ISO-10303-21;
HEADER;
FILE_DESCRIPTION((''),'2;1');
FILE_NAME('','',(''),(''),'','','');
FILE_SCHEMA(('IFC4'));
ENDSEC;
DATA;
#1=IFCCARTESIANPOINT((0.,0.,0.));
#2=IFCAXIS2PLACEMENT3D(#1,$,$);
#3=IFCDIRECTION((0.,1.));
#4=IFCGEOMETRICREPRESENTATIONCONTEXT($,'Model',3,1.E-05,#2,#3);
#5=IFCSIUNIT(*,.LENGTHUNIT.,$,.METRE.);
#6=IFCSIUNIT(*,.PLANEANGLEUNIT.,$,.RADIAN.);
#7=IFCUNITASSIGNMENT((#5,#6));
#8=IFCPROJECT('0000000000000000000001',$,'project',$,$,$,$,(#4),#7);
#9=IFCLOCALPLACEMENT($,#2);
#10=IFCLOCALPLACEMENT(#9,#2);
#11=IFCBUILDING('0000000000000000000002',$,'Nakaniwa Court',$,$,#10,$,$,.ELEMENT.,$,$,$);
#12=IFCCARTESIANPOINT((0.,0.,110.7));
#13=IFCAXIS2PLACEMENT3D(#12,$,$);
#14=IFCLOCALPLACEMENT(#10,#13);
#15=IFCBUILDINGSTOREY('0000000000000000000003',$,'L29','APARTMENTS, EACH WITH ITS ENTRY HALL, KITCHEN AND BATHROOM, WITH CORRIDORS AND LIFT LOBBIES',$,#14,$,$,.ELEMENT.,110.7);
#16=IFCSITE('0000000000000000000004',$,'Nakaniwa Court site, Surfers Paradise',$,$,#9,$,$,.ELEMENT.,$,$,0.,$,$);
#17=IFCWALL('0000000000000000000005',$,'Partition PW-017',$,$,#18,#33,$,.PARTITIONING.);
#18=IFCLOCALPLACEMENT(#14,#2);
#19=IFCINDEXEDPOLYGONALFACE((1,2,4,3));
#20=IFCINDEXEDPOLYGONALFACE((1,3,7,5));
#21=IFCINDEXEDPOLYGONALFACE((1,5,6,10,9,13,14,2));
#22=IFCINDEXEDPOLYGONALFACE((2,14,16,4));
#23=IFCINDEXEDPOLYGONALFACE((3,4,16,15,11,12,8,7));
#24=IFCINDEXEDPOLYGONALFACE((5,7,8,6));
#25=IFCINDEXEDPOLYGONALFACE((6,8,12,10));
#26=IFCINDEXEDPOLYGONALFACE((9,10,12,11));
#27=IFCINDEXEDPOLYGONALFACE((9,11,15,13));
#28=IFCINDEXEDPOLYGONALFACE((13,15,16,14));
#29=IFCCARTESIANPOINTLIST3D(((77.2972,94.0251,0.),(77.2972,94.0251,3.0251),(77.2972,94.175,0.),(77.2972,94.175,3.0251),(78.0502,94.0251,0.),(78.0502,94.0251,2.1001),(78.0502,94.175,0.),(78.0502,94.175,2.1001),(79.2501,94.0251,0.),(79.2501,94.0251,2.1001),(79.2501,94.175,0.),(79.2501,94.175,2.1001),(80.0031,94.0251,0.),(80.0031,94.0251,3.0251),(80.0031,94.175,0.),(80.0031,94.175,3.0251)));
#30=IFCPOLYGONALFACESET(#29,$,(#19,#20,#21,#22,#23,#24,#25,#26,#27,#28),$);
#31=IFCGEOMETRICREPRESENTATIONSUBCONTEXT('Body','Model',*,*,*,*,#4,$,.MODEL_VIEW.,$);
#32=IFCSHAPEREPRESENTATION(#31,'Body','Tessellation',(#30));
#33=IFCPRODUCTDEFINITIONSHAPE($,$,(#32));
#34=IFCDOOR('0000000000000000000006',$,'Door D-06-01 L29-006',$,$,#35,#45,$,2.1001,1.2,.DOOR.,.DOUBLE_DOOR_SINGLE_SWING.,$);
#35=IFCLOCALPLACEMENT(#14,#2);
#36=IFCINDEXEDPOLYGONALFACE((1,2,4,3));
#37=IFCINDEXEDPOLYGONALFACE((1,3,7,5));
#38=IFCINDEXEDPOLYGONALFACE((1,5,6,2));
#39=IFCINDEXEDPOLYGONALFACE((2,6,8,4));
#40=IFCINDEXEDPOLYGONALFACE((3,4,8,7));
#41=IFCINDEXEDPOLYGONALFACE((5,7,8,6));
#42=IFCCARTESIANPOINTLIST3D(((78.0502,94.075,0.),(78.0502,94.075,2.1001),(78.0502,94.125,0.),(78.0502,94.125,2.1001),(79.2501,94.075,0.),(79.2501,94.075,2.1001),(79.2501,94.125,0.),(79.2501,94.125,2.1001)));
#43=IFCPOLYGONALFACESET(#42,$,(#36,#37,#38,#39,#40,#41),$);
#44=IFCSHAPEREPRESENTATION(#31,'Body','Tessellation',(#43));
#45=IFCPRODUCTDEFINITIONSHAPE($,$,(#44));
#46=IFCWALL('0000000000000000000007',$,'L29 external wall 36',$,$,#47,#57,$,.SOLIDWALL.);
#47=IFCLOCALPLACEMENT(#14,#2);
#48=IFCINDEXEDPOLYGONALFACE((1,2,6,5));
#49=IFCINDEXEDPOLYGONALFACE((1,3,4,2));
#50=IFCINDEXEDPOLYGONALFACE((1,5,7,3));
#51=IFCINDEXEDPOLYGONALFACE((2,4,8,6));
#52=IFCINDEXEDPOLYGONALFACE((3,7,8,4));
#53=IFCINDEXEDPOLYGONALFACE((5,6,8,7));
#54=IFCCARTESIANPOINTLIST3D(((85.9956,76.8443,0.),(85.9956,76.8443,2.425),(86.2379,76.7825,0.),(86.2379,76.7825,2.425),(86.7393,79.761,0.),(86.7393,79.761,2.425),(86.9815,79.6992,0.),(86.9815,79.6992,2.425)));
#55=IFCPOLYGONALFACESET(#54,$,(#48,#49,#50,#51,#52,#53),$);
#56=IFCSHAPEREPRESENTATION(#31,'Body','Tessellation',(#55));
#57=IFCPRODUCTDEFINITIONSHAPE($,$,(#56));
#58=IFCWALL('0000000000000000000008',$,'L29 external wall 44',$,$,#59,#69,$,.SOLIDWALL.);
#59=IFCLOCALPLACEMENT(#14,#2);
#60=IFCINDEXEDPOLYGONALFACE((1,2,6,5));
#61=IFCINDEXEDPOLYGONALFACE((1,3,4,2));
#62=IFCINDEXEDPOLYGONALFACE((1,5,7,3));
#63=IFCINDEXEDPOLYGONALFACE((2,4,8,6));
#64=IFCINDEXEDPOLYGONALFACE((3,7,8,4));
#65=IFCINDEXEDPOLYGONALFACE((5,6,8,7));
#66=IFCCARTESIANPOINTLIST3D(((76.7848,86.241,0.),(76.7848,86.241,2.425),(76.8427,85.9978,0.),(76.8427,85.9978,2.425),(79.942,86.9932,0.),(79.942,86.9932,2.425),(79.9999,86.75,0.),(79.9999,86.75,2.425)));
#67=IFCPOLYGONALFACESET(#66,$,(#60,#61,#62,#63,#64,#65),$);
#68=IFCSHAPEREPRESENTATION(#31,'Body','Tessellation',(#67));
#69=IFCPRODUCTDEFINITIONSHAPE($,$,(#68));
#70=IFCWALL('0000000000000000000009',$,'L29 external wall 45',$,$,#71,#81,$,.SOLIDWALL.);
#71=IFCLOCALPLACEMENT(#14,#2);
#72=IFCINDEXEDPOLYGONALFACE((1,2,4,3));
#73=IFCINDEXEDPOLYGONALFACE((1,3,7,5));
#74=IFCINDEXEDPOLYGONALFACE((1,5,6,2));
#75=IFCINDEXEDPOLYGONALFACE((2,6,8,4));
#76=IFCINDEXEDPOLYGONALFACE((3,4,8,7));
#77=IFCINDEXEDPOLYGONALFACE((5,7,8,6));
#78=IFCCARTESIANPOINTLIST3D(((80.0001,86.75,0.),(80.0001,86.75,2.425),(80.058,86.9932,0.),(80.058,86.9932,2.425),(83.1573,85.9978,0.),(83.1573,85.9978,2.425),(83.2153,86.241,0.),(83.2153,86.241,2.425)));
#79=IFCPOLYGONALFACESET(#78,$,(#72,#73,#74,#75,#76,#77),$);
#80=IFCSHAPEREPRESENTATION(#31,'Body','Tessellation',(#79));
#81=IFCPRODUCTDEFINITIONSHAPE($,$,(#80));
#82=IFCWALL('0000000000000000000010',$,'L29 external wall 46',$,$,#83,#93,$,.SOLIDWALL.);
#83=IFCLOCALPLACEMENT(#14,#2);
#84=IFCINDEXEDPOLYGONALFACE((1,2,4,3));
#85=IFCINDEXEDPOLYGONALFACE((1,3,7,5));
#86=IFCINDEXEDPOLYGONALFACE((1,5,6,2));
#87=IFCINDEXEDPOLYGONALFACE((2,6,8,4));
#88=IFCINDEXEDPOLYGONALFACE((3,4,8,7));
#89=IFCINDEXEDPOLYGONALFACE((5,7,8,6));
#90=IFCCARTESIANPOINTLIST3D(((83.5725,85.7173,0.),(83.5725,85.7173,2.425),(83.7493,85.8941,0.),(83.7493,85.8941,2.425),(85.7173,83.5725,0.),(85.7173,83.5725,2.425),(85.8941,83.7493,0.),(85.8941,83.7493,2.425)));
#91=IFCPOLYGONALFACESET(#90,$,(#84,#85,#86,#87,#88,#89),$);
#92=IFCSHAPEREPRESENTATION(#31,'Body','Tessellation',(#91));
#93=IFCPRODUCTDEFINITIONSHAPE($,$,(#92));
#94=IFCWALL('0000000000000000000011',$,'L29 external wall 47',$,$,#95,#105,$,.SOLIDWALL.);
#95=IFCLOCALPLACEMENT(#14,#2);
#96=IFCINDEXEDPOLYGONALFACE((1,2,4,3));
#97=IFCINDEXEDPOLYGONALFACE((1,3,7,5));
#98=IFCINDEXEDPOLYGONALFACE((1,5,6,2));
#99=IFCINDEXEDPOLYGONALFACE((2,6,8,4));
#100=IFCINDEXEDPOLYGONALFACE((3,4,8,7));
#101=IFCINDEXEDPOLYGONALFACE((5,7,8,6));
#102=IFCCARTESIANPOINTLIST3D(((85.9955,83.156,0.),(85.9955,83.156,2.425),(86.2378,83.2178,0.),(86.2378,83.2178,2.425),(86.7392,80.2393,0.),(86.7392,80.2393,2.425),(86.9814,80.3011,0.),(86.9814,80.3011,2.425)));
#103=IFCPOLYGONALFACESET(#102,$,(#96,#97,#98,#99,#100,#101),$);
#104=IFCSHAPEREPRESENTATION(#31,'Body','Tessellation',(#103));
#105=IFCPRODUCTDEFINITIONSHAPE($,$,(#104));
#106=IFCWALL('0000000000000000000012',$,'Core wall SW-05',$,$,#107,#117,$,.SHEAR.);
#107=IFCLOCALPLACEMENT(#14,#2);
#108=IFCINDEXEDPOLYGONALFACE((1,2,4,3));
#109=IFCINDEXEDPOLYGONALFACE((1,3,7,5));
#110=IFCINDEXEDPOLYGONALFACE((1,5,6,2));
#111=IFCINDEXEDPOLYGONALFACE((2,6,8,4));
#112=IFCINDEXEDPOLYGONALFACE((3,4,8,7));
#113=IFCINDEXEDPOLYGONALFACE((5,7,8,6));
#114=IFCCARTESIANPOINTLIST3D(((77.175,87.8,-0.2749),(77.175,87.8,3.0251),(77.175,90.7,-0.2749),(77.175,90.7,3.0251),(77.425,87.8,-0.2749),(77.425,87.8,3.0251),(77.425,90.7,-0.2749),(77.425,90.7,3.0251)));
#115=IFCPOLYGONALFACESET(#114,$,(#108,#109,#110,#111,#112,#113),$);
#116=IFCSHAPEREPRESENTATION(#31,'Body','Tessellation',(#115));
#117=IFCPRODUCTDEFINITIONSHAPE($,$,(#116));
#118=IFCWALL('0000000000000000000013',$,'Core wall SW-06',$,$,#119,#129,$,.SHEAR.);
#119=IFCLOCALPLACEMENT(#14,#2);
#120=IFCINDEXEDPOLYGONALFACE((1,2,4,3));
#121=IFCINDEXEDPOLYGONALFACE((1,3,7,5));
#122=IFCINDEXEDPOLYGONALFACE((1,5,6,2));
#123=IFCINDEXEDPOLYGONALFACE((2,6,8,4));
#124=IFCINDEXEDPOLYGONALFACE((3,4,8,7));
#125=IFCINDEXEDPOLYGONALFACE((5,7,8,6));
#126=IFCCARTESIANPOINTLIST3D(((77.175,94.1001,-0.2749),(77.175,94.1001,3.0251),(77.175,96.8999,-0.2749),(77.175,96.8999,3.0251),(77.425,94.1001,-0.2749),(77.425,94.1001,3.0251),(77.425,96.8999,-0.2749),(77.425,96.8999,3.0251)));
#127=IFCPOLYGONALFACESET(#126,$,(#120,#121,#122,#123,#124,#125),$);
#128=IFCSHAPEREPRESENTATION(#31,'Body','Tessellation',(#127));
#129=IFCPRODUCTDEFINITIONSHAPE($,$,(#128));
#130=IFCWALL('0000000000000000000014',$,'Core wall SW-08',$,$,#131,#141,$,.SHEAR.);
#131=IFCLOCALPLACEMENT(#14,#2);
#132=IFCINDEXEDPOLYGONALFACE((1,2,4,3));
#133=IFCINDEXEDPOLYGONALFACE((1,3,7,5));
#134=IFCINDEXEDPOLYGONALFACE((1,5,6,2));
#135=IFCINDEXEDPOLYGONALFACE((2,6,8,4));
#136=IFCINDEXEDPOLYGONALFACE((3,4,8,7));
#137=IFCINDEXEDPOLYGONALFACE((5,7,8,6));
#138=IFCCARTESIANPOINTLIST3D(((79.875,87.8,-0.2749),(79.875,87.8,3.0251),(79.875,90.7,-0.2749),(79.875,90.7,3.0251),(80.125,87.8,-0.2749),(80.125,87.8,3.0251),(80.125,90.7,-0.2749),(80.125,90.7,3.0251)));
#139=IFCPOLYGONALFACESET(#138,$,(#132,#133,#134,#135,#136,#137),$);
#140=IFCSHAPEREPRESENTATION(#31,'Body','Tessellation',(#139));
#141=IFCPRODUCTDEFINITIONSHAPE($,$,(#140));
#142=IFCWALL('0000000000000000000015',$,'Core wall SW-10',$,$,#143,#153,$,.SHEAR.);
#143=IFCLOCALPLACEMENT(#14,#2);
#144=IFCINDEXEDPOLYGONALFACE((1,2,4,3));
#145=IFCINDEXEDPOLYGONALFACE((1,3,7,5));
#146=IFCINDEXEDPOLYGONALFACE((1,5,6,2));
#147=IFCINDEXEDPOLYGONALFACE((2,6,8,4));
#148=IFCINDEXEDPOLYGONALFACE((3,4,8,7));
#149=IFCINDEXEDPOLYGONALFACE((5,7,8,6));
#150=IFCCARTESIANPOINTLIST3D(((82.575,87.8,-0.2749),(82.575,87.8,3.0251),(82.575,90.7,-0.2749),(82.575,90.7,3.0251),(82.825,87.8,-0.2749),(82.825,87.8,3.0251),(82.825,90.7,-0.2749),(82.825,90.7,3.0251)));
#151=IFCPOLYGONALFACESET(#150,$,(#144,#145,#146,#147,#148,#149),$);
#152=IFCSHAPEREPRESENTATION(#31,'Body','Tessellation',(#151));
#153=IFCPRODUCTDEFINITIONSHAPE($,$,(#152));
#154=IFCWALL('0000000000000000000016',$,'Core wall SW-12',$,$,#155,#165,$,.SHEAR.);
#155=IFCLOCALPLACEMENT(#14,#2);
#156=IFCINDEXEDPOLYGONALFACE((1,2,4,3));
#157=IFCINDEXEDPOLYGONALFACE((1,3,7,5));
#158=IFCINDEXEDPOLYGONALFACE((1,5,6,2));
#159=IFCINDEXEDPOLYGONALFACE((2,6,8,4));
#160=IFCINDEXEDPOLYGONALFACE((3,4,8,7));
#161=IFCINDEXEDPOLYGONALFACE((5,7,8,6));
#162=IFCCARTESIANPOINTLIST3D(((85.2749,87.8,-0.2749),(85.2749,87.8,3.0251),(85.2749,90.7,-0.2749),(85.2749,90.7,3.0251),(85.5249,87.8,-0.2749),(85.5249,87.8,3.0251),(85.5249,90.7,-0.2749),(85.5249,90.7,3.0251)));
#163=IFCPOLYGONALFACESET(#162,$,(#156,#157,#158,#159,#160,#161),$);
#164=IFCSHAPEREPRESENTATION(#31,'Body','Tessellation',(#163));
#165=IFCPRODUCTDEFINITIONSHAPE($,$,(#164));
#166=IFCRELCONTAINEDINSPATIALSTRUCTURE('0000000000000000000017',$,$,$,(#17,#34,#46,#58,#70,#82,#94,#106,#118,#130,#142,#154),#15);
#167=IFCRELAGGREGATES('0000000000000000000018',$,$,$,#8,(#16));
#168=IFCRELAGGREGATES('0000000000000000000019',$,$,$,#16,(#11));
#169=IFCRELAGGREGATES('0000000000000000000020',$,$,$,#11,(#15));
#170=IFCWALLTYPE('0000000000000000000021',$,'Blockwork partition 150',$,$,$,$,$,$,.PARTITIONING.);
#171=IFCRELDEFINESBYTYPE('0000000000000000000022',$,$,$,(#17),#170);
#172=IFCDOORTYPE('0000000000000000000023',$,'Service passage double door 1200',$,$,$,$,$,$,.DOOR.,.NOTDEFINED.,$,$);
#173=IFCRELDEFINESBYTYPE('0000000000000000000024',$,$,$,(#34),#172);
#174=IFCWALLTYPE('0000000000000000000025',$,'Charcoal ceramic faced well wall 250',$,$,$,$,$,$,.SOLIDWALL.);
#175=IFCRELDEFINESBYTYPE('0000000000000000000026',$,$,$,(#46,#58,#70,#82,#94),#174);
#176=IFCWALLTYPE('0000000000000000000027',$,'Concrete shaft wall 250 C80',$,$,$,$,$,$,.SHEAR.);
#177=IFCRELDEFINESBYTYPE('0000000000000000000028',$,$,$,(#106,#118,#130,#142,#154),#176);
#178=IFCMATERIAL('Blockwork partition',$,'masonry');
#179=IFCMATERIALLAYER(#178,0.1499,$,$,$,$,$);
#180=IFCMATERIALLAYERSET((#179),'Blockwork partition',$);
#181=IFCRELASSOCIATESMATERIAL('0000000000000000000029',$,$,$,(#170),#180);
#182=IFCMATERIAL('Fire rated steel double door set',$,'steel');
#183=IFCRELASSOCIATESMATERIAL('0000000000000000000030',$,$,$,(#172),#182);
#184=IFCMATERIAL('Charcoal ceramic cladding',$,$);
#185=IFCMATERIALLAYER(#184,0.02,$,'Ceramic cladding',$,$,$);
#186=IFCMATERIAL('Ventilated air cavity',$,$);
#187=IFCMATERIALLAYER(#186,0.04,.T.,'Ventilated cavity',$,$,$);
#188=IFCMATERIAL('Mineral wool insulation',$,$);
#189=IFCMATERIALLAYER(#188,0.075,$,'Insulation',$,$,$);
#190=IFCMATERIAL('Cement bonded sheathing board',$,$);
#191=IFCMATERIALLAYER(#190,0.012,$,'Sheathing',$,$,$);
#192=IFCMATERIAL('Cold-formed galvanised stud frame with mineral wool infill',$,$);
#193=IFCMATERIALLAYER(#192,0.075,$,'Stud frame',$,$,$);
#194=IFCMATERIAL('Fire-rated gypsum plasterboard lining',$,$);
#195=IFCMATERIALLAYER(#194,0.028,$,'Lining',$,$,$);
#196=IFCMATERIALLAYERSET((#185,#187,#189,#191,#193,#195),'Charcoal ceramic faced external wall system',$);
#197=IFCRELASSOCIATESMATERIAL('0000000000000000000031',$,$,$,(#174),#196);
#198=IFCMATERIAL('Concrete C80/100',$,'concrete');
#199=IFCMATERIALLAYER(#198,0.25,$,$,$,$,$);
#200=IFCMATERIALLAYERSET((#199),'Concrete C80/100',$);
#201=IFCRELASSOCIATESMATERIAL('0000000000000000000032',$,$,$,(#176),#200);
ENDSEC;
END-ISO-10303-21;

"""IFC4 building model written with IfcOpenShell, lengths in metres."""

from ifc_helpers import new_model, si_unit, direction, frame, frame_2d, origin, place, context, subcontext, project, spatial, rectangle, extrude, material, layer, layer_set, type_object, element, fill, save


model = new_model("IFC4")

# Units and contexts
model_context = context("Model", 3, precision=1e-05, world=origin(), true_north=direction((0.0, 1.0)))
body_context = subcontext(model_context, "Body", "Model", "MODEL_VIEW")
ifc_project = project(units=[si_unit("LENGTHUNIT", "METRE"), si_unit("PLANEANGLEUNIT", "RADIAN")], contexts=[model_context])

# Site, building, storey
site_placement = place(None, origin())
site = spatial("IfcSite", under=ifc_project, at=site_placement, Name="Nakaniwa Court site, Surfers Paradise", CompositionType="ELEMENT", RefElevation=0.0)
building_placement = place(site_placement, origin())
building = spatial("IfcBuilding", under=site, at=building_placement, Name="Nakaniwa Court", CompositionType="ELEMENT")
storey_placement = place(building_placement, frame((0.0, 0.0, 110.7)))
storey = spatial("IfcBuildingStorey", under=building, at=storey_placement, Name="L29", Description="APARTMENTS, EACH WITH ITS ENTRY HALL, KITCHEN AND BATHROOM, WITH CORRIDORS AND LIFT LOBBIES", CompositionType="ELEMENT", Elevation=110.7)

# Shared definitions
ifc_material_1 = material(Name="Concrete C80/100", Category="concrete")

# Wall, opening, door
ifc_material_2 = material(Name="Blockwork partition", Category="masonry")
ifc_layer_1 = layer(ifc_material_2, 0.1499)
ifc_layer_set_1 = layer_set([ifc_layer_1], Name="Blockwork partition")
wall_type_1 = type_object("IfcWallType", Name="Blockwork partition 150", PredefinedType="PARTITIONING", material=ifc_layer_set_1)
wall_1_placement = place(storey_placement, frame((77.2971, 94.1001, 0.0), z_axis=(0.0, 0.0, 1.0), x_axis=(1.0, 0.0, 0.0)))
wall_1 = element("IfcWall", 1, at=wall_1_placement, inside=storey, type_object=wall_type_1, Name="Partition PW-017", PredefinedType="PARTITIONING", context=body_context, shape_type="SweptSolid", body=[
    extrude(rectangle(XDim=2.7058, YDim=0.1499, at=frame_2d((1.353, 0.0))), origin(), (0.0, 0.0, 1.0), 3.0251),
])
opening_1_placement = place(wall_1_placement, frame((0.7529, 0.0, 0.0)))
opening_1 = element("IfcOpeningElement", 2, at=opening_1_placement, cuts=wall_1, PredefinedType="OPENING", context=body_context, shape_type="SweptSolid", body=[
    extrude(rectangle(XDim=1.2, YDim=2.1001, at=frame_2d((0.6001, 1.05))), frame((0.0, 0.085, 0.0), z_axis=(0.0, -1.0, 0.0), x_axis=(1.0, 0.0, 0.0)), (0.0, 0.0, 1.0), 0.1699),
])
ifc_material_3 = material(Name="Fire rated steel double door set", Category="steel")
door_type_1 = type_object("IfcDoorType", Name="Service passage double door 1200", OperationType="NOTDEFINED", PredefinedType="DOOR", material=ifc_material_3)
door_1_placement = place(opening_1_placement, origin())
door_1 = element("IfcDoor", 3, at=door_1_placement, inside=storey, type_object=door_type_1, Name="Door D-06-01 L29-006", OperationType="DOUBLE_DOOR_SINGLE_SWING", OverallHeight=2.1001, OverallWidth=1.2, PredefinedType="DOOR", context=body_context, shape_type="SweptSolid", body=[
    extrude(rectangle(XDim=1.2, YDim=2.1001, at=frame_2d((0.6001, 1.05))), frame((0.0, 0.0249, 0.0), z_axis=(0.0, -1.0, 0.0), x_axis=(1.0, 0.0, 0.0)), (0.0, 0.0, 1.0), 0.05),
])
fill(opening_1, door_1)

# Walls
ifc_material_4 = material(Name="Charcoal ceramic cladding")
ifc_layer_2 = layer(ifc_material_4, 0.02, Name="Ceramic cladding")
ifc_material_5 = material(Name="Ventilated air cavity")
ifc_layer_3 = layer(ifc_material_5, 0.04, ventilated=True, Name="Ventilated cavity")
ifc_material_6 = material(Name="Mineral wool insulation")
ifc_layer_4 = layer(ifc_material_6, 0.075, Name="Insulation")
ifc_material_7 = material(Name="Cement bonded sheathing board")
ifc_layer_5 = layer(ifc_material_7, 0.012, Name="Sheathing")
ifc_material_8 = material(Name="Cold-formed galvanised stud frame with mineral wool infill")
ifc_layer_6 = layer(ifc_material_8, 0.075, Name="Stud frame")
ifc_material_9 = material(Name="Fire-rated gypsum plasterboard lining")
ifc_layer_7 = layer(ifc_material_9, 0.028, Name="Lining")
ifc_layer_set_2 = layer_set([ifc_layer_2, ifc_layer_3, ifc_layer_4, ifc_layer_5, ifc_layer_6, ifc_layer_7], Name="Charcoal ceramic faced external wall system")
wall_type_2 = type_object("IfcWallType", Name="Charcoal ceramic faced well wall 250", PredefinedType="SOLIDWALL", material=ifc_layer_set_2)
wall_2_placement = place(storey_placement, frame((86.8604, 79.73, 0.0), z_axis=(0.0, 0.0, 1.0), x_axis=(-0.247056, -0.969001, 0.0)))
element("IfcWall", 4, at=wall_2_placement, inside=storey, type_object=wall_type_2, Name="L29 external wall 36", PredefinedType="SOLIDWALL", context=body_context, shape_type="SweptSolid", body=[
    extrude(rectangle(XDim=3.01, YDim=0.25, at=frame_2d((1.5049, 0.0))), origin(), (0.0, 0.0, 1.0), 2.425),
])
for number, where, z_axis, x_axis, name in (
    (5, (76.8137, 86.1194, 0.0), (0.0, 0.0, 1.0), (0.972773, 0.23176, 0.0), "L29 external wall 44"),
    (6, (80.0291, 86.8716, 0.0), (0.0, 0.0, 1.0), (0.972773, -0.23176, 0.0), "L29 external wall 45"),
):
    element("IfcWall", number, at=place(storey_placement, frame(where, z_axis=z_axis, x_axis=x_axis)), inside=storey, type_object=wall_type_2, Name=name, PredefinedType="SOLIDWALL", context=body_context, shape_type="SweptSolid", body=[
        extrude(rectangle(XDim=3.2456, YDim=0.25, at=frame_2d((1.6228, 0.0))), origin(), (0.0, 0.0, 1.0), 2.425),
    ])
wall_3_placement = place(storey_placement, frame((83.6609, 85.8057, 0.0), z_axis=(0.0, 0.0, 1.0), x_axis=(0.707107, -0.707107, 0.0)))
element("IfcWall", 7, at=wall_3_placement, inside=storey, type_object=wall_type_2, Name="L29 external wall 46", PredefinedType="SOLIDWALL", context=body_context, shape_type="SweptSolid", body=[
    extrude(rectangle(XDim=3.0332, YDim=0.25, at=frame_2d((1.5166, 0.0))), origin(), (0.0, 0.0, 1.0), 2.425),
])
wall_4_placement = place(storey_placement, frame((86.1167, 83.1868, 0.0), z_axis=(0.0, 0.0, 1.0), x_axis=(0.247056, -0.969001, 0.0)))
element("IfcWall", 8, at=wall_4_placement, inside=storey, type_object=wall_type_2, Name="L29 external wall 47", PredefinedType="SOLIDWALL", context=body_context, shape_type="SweptSolid", body=[
    extrude(rectangle(XDim=3.01, YDim=0.25, at=frame_2d((1.5049, 0.0))), origin(), (0.0, 0.0, 1.0), 2.425),
])
ifc_layer_8 = layer(ifc_material_1, 0.25)
ifc_layer_set_3 = layer_set([ifc_layer_8], Name="Concrete C80/100")
wall_type_3 = type_object("IfcWallType", Name="Concrete shaft wall 250 C80", PredefinedType="SHEAR", material=ifc_layer_set_3)
wall_5_placement = place(storey_placement, frame((77.3, 87.8, -0.2749), z_axis=(0.0, 0.0, 1.0), x_axis=(0.0, 1.0, 0.0)))
element("IfcWall", 9, at=wall_5_placement, inside=storey, type_object=wall_type_3, Name="Core wall SW-05", PredefinedType="SHEAR", context=body_context, shape_type="SweptSolid", body=[
    extrude(rectangle(XDim=2.8999, YDim=0.25, at=frame_2d((1.45, 0.0))), origin(), (0.0, 0.0, 1.0), 3.3),
])
wall_6_placement = place(storey_placement, frame((77.3, 94.1001, -0.2749), z_axis=(0.0, 0.0, 1.0), x_axis=(0.0, 1.0, 0.0)))
element("IfcWall", 10, at=wall_6_placement, inside=storey, type_object=wall_type_3, Name="Core wall SW-06", PredefinedType="SHEAR", context=body_context, shape_type="SweptSolid", body=[
    extrude(rectangle(XDim=2.7998, YDim=0.25, at=frame_2d((1.3999, 0.0))), origin(), (0.0, 0.0, 1.0), 3.3),
])
for number, where, z_axis, x_axis, name in (
    (11, (80.0, 87.8, -0.2749), (0.0, 0.0, 1.0), (0.0, 1.0, 0.0), "Core wall SW-08"),
    (12, (82.7, 87.8, -0.2749), (0.0, 0.0, 1.0), (0.0, 1.0, 0.0), "Core wall SW-10"),
    (13, (85.3999, 87.8, -0.2749), (0.0, 0.0, 1.0), (0.0, 1.0, 0.0), "Core wall SW-12"),
):
    element("IfcWall", number, at=place(storey_placement, frame(where, z_axis=z_axis, x_axis=x_axis)), inside=storey, type_object=wall_type_3, Name=name, PredefinedType="SHEAR", context=body_context, shape_type="SweptSolid", body=[
        extrude(rectangle(XDim=2.8999, YDim=0.25, at=frame_2d((1.45, 0.0))), origin(), (0.0, 0.0, 1.0), 3.3),
    ])

save(model, "model.ifc")
